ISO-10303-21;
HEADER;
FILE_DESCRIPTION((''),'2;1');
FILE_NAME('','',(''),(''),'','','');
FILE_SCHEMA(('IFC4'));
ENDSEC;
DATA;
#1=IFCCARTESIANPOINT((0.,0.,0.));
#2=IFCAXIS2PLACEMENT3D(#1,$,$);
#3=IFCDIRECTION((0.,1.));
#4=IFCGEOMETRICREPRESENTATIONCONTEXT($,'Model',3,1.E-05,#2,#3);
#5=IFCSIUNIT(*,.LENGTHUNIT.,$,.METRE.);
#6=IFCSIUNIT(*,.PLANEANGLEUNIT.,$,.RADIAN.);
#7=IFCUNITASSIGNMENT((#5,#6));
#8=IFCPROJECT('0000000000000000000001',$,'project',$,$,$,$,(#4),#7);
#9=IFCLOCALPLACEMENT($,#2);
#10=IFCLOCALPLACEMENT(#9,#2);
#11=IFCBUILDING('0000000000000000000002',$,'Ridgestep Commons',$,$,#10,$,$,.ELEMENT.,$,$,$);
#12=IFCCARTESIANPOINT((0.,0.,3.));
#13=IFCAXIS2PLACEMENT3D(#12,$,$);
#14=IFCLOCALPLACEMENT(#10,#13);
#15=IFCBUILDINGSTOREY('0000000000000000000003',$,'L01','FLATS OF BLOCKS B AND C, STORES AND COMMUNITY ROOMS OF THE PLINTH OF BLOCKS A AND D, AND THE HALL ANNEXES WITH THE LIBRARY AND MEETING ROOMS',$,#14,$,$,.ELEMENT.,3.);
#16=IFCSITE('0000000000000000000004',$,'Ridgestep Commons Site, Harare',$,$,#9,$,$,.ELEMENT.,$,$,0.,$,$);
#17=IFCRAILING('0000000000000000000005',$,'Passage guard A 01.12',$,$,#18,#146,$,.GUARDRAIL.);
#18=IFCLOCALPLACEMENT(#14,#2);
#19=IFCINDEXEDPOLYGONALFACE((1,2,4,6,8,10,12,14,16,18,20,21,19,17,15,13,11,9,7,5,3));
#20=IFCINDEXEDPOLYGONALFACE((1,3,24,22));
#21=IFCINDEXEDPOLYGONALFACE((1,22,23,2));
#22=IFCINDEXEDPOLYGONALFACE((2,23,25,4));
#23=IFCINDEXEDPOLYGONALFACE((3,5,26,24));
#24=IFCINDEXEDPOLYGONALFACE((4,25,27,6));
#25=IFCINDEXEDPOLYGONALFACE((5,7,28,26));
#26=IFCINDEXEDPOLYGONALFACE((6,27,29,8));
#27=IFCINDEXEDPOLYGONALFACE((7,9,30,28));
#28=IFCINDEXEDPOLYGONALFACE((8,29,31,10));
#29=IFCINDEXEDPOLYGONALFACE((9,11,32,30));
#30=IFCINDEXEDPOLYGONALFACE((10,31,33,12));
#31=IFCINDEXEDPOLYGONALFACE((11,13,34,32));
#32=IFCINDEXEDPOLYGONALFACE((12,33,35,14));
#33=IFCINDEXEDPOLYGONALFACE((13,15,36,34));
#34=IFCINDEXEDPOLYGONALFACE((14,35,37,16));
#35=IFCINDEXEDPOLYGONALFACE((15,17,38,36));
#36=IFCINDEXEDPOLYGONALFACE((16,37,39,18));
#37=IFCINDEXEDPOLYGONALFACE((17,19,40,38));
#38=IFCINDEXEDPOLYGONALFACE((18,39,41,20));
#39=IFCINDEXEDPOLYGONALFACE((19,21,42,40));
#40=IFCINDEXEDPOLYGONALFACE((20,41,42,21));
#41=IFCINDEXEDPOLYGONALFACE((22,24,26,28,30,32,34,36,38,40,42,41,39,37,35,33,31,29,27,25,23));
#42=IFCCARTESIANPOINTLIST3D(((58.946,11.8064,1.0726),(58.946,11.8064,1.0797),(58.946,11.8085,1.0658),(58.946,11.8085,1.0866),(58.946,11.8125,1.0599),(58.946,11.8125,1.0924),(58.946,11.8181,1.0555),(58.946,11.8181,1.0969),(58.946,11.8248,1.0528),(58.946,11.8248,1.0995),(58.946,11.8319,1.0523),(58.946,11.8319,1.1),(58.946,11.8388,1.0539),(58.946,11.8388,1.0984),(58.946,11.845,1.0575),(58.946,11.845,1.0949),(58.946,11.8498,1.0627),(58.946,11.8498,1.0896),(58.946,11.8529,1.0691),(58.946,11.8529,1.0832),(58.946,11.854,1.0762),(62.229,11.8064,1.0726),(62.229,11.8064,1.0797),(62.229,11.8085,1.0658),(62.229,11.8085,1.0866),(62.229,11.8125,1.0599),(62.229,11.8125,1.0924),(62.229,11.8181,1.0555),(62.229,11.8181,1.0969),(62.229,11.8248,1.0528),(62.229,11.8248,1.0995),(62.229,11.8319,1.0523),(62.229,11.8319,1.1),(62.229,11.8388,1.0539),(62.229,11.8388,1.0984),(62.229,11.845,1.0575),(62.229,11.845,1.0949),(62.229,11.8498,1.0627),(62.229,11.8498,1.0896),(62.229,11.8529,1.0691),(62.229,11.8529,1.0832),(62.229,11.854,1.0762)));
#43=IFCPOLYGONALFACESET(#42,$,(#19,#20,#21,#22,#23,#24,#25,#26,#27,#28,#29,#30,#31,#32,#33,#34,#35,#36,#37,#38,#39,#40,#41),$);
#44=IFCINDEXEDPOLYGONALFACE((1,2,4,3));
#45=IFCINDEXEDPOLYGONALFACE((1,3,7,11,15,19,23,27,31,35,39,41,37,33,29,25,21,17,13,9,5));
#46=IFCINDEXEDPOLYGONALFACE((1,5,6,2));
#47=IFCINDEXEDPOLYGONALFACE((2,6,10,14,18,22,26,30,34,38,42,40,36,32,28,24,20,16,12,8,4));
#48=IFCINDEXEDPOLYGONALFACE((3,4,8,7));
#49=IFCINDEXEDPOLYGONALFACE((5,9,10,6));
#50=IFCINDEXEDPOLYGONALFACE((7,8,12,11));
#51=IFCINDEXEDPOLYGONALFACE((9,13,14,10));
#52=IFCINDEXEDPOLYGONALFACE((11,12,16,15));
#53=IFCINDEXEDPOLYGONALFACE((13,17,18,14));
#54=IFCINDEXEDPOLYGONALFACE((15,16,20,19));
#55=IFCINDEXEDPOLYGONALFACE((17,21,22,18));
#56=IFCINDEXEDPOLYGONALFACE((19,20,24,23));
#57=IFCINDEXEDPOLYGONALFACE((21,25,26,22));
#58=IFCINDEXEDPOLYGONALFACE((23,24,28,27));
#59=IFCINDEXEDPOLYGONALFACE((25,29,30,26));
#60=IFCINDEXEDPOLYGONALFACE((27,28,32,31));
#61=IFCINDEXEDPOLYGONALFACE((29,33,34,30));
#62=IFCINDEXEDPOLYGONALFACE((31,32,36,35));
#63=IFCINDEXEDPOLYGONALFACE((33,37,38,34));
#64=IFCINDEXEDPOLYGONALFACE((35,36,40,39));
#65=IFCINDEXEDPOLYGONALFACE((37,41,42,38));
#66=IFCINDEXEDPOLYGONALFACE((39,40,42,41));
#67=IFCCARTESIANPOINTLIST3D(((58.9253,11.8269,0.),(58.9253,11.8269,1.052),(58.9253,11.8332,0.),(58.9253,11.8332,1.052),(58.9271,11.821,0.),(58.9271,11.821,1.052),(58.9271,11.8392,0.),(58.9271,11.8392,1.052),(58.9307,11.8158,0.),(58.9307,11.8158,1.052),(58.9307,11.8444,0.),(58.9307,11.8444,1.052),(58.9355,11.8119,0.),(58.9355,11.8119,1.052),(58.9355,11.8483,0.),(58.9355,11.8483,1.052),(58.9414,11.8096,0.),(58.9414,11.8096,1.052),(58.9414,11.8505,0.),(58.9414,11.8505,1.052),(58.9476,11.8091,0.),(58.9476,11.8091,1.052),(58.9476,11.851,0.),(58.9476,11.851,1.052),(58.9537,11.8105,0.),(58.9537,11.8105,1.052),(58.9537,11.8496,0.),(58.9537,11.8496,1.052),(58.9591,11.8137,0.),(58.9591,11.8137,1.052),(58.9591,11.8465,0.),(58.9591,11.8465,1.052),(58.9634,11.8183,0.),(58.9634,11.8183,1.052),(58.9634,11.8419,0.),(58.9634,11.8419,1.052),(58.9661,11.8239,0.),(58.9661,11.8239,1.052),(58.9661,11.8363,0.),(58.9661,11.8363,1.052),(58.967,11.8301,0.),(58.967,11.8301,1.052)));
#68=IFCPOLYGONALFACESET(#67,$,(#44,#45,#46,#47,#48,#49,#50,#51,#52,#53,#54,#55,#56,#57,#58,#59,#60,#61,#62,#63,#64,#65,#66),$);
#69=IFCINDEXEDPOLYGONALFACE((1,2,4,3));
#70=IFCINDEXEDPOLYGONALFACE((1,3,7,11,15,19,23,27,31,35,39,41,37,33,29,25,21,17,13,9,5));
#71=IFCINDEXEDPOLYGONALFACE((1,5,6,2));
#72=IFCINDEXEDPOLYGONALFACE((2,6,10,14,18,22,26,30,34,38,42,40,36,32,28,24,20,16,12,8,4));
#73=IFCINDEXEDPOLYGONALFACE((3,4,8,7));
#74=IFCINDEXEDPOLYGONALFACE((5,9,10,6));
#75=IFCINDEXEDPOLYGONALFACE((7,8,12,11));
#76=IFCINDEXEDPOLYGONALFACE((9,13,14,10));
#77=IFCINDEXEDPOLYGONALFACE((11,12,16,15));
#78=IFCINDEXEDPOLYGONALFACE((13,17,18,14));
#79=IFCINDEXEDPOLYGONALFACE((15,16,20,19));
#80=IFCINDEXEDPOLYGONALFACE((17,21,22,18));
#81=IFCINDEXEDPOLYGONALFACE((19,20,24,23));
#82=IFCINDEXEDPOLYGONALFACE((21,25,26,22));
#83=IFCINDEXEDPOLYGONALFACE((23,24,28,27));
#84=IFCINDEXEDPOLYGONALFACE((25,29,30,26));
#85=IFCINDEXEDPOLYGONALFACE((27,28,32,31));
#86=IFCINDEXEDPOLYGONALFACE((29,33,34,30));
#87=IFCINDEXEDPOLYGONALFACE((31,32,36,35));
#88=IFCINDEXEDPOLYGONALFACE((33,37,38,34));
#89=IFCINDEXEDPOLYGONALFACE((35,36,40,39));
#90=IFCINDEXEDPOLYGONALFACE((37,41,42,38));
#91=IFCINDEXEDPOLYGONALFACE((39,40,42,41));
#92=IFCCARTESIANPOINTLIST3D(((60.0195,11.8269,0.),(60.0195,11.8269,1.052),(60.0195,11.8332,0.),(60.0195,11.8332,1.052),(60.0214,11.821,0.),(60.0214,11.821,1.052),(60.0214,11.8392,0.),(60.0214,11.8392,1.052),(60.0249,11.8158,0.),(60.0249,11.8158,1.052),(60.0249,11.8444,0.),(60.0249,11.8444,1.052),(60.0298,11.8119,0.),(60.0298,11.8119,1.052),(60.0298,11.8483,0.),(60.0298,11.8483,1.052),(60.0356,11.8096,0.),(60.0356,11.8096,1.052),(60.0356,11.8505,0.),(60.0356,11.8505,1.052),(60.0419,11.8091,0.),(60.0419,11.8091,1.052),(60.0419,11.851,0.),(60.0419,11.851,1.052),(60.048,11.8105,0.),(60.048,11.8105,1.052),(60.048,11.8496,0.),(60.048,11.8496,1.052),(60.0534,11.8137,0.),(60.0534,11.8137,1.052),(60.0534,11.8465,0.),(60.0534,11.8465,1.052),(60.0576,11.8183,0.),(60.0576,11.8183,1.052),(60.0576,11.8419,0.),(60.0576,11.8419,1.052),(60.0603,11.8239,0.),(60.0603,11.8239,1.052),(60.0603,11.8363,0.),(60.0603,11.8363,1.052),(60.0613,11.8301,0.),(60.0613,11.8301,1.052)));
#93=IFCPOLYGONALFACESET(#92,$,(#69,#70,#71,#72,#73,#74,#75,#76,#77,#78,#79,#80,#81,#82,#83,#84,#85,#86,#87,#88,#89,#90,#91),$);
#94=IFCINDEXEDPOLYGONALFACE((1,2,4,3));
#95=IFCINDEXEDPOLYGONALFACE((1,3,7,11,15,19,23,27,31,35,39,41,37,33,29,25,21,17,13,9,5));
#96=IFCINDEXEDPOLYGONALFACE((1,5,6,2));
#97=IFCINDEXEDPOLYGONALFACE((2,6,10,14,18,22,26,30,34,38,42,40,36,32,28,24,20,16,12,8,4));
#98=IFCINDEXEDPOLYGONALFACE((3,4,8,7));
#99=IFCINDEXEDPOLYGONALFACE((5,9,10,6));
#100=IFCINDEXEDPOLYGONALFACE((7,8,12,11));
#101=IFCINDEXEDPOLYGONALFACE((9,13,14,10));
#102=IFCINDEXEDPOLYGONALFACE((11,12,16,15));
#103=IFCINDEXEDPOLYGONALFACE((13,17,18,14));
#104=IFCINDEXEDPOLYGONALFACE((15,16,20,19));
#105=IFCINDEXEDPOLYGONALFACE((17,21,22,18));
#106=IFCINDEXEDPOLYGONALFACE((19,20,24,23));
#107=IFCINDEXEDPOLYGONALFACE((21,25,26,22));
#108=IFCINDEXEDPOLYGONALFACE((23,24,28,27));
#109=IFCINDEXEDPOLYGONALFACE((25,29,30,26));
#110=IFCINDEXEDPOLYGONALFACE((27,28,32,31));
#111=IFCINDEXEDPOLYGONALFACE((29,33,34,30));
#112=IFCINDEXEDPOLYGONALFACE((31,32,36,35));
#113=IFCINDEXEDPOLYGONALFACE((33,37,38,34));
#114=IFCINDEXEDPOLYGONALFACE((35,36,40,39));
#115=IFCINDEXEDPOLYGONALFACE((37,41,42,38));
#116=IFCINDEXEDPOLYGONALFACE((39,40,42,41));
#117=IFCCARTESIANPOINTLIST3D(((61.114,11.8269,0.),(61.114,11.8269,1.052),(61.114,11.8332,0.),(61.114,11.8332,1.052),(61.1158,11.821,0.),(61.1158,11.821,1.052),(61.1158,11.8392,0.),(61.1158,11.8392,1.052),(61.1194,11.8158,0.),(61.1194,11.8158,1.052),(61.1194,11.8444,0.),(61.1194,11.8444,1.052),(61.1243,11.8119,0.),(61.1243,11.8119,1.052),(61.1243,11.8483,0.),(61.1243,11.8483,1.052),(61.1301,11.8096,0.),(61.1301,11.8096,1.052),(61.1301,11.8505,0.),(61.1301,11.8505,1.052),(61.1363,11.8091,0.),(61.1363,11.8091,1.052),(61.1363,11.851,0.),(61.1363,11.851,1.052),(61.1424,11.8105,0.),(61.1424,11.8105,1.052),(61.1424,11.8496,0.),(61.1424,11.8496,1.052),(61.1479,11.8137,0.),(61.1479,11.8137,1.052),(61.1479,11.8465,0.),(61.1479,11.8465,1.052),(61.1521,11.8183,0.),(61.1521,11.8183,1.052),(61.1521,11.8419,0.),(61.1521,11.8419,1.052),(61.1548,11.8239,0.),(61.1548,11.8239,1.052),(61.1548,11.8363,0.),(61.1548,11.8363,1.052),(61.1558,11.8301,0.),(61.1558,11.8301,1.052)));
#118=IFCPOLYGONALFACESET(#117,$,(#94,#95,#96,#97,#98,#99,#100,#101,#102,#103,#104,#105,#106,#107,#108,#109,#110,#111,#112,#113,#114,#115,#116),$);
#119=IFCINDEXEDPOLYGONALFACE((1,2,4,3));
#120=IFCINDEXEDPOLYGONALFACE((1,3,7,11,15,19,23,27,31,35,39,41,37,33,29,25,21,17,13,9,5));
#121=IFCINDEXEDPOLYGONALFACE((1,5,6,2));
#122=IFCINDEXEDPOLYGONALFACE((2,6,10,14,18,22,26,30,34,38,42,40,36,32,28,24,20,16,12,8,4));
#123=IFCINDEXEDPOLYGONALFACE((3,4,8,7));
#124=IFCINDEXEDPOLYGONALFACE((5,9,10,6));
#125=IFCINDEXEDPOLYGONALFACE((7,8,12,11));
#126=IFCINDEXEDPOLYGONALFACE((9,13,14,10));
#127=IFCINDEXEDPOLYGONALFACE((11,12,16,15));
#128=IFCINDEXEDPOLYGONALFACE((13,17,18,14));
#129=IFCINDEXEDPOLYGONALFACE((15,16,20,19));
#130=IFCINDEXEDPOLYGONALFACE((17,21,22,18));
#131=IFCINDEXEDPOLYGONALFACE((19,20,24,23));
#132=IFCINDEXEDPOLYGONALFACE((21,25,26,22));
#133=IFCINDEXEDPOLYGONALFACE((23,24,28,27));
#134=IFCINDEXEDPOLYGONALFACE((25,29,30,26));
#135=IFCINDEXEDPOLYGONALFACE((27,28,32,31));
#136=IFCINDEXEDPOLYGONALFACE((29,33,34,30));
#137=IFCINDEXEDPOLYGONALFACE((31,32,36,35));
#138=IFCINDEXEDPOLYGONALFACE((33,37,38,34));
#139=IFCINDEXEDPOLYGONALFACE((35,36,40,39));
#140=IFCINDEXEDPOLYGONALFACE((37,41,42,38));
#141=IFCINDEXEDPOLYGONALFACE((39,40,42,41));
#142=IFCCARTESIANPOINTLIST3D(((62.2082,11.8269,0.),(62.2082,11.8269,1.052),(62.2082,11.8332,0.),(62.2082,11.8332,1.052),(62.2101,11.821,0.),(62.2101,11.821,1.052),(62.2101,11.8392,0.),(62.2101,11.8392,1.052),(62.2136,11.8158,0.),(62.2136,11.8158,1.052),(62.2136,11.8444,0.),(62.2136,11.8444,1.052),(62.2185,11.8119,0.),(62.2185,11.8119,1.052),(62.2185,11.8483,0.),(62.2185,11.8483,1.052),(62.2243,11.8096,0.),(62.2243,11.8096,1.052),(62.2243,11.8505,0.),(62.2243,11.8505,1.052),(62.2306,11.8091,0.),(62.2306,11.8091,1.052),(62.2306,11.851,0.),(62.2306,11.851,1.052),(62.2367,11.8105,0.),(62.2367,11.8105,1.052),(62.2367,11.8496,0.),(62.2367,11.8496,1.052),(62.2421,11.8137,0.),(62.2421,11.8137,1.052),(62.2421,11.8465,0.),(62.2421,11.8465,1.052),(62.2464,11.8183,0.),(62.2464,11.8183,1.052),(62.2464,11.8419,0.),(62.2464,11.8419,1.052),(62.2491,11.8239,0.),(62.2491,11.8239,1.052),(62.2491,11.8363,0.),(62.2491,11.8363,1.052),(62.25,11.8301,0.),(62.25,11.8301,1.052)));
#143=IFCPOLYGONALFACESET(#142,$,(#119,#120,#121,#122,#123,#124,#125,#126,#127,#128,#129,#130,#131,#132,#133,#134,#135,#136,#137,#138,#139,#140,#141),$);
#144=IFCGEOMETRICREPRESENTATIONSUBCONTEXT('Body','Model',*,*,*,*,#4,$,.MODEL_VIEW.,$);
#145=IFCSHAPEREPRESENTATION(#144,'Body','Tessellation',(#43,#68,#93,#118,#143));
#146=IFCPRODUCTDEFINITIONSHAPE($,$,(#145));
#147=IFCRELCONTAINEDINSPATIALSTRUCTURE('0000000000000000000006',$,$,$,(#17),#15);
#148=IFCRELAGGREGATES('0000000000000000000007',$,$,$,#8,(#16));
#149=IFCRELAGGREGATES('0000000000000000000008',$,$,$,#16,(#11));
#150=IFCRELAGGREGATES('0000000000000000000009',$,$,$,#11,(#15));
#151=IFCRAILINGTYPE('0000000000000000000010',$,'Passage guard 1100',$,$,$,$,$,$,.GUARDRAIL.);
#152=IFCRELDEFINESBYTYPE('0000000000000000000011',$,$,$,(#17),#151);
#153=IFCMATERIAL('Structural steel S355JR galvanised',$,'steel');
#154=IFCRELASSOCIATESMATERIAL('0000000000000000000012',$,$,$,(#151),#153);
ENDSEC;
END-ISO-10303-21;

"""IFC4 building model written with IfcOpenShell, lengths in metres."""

from ifc_helpers import new_model, si_unit, direction, frame, origin, origin_2d, place, context, subcontext, project, spatial, circle, extrude, material, type_object, element, save


model = new_model("IFC4")

# Units and contexts
model_context = context("Model", 3, precision=1e-05, world=origin(), true_north=direction((0.0, 1.0)))
body_context = subcontext(model_context, "Body", "Model", "MODEL_VIEW")
ifc_project = project(units=[si_unit("LENGTHUNIT", "METRE"), si_unit("PLANEANGLEUNIT", "RADIAN")], contexts=[model_context])

# Site, building, storey
site_placement = place(None, origin())
site = spatial("IfcSite", under=ifc_project, at=site_placement, Name="Ridgestep Commons Site, Harare", CompositionType="ELEMENT", RefElevation=0.0)
building_placement = place(site_placement, origin())
building = spatial("IfcBuilding", under=site, at=building_placement, Name="Ridgestep Commons", CompositionType="ELEMENT")
storey_placement = place(building_placement, frame((0.0, 0.0, 3.0)))
storey = spatial("IfcBuildingStorey", under=building, at=storey_placement, Name="L01", Description="FLATS OF BLOCKS B AND C, STORES AND COMMUNITY ROOMS OF THE PLINTH OF BLOCKS A AND D, AND THE HALL ANNEXES WITH THE LIBRARY AND MEETING ROOMS", CompositionType="ELEMENT", Elevation=3.0)

# Railing
ifc_material_1 = material(Name="Structural steel S355JR galvanised", Category="steel")
railing_type = type_object("IfcRailingType", Name="Passage guard 1100", PredefinedType="GUARDRAIL", material=ifc_material_1)
for number, where, name in (
    (1, (58.946, 11.8301, 0.0), "Passage guard A 01.12"),
):
    element("IfcRailing", number, at=place(storey_placement, frame(where)), inside=storey, type_object=railing_type, Name=name, PredefinedType="GUARDRAIL", context=body_context, shape_type="SweptSolid", body=[
        extrude(circle(Radius=0.0239, at=origin_2d()), frame((0.0, 0.0, 1.0762), z_axis=(1.0, 0.0, 0.0), x_axis=(0.0, 1.0, 0.0)), (0.0, 0.0, 1.0), 3.283),
        extrude(circle(Radius=0.021, at=origin_2d()), origin(), (0.0, 0.0, 1.0), 1.052),
        extrude(circle(Radius=0.021, at=origin_2d()), frame((1.0942, 0.0, 0.0)), (0.0, 0.0, 1.0), 1.052),
        extrude(circle(Radius=0.021, at=origin_2d()), frame((2.1887, 0.0, 0.0)), (0.0, 0.0, 1.0), 1.052),
        extrude(circle(Radius=0.021, at=origin_2d()), frame((3.283, 0.0, 0.0)), (0.0, 0.0, 1.0), 1.052),
    ])

save(model, "model.ifc")
